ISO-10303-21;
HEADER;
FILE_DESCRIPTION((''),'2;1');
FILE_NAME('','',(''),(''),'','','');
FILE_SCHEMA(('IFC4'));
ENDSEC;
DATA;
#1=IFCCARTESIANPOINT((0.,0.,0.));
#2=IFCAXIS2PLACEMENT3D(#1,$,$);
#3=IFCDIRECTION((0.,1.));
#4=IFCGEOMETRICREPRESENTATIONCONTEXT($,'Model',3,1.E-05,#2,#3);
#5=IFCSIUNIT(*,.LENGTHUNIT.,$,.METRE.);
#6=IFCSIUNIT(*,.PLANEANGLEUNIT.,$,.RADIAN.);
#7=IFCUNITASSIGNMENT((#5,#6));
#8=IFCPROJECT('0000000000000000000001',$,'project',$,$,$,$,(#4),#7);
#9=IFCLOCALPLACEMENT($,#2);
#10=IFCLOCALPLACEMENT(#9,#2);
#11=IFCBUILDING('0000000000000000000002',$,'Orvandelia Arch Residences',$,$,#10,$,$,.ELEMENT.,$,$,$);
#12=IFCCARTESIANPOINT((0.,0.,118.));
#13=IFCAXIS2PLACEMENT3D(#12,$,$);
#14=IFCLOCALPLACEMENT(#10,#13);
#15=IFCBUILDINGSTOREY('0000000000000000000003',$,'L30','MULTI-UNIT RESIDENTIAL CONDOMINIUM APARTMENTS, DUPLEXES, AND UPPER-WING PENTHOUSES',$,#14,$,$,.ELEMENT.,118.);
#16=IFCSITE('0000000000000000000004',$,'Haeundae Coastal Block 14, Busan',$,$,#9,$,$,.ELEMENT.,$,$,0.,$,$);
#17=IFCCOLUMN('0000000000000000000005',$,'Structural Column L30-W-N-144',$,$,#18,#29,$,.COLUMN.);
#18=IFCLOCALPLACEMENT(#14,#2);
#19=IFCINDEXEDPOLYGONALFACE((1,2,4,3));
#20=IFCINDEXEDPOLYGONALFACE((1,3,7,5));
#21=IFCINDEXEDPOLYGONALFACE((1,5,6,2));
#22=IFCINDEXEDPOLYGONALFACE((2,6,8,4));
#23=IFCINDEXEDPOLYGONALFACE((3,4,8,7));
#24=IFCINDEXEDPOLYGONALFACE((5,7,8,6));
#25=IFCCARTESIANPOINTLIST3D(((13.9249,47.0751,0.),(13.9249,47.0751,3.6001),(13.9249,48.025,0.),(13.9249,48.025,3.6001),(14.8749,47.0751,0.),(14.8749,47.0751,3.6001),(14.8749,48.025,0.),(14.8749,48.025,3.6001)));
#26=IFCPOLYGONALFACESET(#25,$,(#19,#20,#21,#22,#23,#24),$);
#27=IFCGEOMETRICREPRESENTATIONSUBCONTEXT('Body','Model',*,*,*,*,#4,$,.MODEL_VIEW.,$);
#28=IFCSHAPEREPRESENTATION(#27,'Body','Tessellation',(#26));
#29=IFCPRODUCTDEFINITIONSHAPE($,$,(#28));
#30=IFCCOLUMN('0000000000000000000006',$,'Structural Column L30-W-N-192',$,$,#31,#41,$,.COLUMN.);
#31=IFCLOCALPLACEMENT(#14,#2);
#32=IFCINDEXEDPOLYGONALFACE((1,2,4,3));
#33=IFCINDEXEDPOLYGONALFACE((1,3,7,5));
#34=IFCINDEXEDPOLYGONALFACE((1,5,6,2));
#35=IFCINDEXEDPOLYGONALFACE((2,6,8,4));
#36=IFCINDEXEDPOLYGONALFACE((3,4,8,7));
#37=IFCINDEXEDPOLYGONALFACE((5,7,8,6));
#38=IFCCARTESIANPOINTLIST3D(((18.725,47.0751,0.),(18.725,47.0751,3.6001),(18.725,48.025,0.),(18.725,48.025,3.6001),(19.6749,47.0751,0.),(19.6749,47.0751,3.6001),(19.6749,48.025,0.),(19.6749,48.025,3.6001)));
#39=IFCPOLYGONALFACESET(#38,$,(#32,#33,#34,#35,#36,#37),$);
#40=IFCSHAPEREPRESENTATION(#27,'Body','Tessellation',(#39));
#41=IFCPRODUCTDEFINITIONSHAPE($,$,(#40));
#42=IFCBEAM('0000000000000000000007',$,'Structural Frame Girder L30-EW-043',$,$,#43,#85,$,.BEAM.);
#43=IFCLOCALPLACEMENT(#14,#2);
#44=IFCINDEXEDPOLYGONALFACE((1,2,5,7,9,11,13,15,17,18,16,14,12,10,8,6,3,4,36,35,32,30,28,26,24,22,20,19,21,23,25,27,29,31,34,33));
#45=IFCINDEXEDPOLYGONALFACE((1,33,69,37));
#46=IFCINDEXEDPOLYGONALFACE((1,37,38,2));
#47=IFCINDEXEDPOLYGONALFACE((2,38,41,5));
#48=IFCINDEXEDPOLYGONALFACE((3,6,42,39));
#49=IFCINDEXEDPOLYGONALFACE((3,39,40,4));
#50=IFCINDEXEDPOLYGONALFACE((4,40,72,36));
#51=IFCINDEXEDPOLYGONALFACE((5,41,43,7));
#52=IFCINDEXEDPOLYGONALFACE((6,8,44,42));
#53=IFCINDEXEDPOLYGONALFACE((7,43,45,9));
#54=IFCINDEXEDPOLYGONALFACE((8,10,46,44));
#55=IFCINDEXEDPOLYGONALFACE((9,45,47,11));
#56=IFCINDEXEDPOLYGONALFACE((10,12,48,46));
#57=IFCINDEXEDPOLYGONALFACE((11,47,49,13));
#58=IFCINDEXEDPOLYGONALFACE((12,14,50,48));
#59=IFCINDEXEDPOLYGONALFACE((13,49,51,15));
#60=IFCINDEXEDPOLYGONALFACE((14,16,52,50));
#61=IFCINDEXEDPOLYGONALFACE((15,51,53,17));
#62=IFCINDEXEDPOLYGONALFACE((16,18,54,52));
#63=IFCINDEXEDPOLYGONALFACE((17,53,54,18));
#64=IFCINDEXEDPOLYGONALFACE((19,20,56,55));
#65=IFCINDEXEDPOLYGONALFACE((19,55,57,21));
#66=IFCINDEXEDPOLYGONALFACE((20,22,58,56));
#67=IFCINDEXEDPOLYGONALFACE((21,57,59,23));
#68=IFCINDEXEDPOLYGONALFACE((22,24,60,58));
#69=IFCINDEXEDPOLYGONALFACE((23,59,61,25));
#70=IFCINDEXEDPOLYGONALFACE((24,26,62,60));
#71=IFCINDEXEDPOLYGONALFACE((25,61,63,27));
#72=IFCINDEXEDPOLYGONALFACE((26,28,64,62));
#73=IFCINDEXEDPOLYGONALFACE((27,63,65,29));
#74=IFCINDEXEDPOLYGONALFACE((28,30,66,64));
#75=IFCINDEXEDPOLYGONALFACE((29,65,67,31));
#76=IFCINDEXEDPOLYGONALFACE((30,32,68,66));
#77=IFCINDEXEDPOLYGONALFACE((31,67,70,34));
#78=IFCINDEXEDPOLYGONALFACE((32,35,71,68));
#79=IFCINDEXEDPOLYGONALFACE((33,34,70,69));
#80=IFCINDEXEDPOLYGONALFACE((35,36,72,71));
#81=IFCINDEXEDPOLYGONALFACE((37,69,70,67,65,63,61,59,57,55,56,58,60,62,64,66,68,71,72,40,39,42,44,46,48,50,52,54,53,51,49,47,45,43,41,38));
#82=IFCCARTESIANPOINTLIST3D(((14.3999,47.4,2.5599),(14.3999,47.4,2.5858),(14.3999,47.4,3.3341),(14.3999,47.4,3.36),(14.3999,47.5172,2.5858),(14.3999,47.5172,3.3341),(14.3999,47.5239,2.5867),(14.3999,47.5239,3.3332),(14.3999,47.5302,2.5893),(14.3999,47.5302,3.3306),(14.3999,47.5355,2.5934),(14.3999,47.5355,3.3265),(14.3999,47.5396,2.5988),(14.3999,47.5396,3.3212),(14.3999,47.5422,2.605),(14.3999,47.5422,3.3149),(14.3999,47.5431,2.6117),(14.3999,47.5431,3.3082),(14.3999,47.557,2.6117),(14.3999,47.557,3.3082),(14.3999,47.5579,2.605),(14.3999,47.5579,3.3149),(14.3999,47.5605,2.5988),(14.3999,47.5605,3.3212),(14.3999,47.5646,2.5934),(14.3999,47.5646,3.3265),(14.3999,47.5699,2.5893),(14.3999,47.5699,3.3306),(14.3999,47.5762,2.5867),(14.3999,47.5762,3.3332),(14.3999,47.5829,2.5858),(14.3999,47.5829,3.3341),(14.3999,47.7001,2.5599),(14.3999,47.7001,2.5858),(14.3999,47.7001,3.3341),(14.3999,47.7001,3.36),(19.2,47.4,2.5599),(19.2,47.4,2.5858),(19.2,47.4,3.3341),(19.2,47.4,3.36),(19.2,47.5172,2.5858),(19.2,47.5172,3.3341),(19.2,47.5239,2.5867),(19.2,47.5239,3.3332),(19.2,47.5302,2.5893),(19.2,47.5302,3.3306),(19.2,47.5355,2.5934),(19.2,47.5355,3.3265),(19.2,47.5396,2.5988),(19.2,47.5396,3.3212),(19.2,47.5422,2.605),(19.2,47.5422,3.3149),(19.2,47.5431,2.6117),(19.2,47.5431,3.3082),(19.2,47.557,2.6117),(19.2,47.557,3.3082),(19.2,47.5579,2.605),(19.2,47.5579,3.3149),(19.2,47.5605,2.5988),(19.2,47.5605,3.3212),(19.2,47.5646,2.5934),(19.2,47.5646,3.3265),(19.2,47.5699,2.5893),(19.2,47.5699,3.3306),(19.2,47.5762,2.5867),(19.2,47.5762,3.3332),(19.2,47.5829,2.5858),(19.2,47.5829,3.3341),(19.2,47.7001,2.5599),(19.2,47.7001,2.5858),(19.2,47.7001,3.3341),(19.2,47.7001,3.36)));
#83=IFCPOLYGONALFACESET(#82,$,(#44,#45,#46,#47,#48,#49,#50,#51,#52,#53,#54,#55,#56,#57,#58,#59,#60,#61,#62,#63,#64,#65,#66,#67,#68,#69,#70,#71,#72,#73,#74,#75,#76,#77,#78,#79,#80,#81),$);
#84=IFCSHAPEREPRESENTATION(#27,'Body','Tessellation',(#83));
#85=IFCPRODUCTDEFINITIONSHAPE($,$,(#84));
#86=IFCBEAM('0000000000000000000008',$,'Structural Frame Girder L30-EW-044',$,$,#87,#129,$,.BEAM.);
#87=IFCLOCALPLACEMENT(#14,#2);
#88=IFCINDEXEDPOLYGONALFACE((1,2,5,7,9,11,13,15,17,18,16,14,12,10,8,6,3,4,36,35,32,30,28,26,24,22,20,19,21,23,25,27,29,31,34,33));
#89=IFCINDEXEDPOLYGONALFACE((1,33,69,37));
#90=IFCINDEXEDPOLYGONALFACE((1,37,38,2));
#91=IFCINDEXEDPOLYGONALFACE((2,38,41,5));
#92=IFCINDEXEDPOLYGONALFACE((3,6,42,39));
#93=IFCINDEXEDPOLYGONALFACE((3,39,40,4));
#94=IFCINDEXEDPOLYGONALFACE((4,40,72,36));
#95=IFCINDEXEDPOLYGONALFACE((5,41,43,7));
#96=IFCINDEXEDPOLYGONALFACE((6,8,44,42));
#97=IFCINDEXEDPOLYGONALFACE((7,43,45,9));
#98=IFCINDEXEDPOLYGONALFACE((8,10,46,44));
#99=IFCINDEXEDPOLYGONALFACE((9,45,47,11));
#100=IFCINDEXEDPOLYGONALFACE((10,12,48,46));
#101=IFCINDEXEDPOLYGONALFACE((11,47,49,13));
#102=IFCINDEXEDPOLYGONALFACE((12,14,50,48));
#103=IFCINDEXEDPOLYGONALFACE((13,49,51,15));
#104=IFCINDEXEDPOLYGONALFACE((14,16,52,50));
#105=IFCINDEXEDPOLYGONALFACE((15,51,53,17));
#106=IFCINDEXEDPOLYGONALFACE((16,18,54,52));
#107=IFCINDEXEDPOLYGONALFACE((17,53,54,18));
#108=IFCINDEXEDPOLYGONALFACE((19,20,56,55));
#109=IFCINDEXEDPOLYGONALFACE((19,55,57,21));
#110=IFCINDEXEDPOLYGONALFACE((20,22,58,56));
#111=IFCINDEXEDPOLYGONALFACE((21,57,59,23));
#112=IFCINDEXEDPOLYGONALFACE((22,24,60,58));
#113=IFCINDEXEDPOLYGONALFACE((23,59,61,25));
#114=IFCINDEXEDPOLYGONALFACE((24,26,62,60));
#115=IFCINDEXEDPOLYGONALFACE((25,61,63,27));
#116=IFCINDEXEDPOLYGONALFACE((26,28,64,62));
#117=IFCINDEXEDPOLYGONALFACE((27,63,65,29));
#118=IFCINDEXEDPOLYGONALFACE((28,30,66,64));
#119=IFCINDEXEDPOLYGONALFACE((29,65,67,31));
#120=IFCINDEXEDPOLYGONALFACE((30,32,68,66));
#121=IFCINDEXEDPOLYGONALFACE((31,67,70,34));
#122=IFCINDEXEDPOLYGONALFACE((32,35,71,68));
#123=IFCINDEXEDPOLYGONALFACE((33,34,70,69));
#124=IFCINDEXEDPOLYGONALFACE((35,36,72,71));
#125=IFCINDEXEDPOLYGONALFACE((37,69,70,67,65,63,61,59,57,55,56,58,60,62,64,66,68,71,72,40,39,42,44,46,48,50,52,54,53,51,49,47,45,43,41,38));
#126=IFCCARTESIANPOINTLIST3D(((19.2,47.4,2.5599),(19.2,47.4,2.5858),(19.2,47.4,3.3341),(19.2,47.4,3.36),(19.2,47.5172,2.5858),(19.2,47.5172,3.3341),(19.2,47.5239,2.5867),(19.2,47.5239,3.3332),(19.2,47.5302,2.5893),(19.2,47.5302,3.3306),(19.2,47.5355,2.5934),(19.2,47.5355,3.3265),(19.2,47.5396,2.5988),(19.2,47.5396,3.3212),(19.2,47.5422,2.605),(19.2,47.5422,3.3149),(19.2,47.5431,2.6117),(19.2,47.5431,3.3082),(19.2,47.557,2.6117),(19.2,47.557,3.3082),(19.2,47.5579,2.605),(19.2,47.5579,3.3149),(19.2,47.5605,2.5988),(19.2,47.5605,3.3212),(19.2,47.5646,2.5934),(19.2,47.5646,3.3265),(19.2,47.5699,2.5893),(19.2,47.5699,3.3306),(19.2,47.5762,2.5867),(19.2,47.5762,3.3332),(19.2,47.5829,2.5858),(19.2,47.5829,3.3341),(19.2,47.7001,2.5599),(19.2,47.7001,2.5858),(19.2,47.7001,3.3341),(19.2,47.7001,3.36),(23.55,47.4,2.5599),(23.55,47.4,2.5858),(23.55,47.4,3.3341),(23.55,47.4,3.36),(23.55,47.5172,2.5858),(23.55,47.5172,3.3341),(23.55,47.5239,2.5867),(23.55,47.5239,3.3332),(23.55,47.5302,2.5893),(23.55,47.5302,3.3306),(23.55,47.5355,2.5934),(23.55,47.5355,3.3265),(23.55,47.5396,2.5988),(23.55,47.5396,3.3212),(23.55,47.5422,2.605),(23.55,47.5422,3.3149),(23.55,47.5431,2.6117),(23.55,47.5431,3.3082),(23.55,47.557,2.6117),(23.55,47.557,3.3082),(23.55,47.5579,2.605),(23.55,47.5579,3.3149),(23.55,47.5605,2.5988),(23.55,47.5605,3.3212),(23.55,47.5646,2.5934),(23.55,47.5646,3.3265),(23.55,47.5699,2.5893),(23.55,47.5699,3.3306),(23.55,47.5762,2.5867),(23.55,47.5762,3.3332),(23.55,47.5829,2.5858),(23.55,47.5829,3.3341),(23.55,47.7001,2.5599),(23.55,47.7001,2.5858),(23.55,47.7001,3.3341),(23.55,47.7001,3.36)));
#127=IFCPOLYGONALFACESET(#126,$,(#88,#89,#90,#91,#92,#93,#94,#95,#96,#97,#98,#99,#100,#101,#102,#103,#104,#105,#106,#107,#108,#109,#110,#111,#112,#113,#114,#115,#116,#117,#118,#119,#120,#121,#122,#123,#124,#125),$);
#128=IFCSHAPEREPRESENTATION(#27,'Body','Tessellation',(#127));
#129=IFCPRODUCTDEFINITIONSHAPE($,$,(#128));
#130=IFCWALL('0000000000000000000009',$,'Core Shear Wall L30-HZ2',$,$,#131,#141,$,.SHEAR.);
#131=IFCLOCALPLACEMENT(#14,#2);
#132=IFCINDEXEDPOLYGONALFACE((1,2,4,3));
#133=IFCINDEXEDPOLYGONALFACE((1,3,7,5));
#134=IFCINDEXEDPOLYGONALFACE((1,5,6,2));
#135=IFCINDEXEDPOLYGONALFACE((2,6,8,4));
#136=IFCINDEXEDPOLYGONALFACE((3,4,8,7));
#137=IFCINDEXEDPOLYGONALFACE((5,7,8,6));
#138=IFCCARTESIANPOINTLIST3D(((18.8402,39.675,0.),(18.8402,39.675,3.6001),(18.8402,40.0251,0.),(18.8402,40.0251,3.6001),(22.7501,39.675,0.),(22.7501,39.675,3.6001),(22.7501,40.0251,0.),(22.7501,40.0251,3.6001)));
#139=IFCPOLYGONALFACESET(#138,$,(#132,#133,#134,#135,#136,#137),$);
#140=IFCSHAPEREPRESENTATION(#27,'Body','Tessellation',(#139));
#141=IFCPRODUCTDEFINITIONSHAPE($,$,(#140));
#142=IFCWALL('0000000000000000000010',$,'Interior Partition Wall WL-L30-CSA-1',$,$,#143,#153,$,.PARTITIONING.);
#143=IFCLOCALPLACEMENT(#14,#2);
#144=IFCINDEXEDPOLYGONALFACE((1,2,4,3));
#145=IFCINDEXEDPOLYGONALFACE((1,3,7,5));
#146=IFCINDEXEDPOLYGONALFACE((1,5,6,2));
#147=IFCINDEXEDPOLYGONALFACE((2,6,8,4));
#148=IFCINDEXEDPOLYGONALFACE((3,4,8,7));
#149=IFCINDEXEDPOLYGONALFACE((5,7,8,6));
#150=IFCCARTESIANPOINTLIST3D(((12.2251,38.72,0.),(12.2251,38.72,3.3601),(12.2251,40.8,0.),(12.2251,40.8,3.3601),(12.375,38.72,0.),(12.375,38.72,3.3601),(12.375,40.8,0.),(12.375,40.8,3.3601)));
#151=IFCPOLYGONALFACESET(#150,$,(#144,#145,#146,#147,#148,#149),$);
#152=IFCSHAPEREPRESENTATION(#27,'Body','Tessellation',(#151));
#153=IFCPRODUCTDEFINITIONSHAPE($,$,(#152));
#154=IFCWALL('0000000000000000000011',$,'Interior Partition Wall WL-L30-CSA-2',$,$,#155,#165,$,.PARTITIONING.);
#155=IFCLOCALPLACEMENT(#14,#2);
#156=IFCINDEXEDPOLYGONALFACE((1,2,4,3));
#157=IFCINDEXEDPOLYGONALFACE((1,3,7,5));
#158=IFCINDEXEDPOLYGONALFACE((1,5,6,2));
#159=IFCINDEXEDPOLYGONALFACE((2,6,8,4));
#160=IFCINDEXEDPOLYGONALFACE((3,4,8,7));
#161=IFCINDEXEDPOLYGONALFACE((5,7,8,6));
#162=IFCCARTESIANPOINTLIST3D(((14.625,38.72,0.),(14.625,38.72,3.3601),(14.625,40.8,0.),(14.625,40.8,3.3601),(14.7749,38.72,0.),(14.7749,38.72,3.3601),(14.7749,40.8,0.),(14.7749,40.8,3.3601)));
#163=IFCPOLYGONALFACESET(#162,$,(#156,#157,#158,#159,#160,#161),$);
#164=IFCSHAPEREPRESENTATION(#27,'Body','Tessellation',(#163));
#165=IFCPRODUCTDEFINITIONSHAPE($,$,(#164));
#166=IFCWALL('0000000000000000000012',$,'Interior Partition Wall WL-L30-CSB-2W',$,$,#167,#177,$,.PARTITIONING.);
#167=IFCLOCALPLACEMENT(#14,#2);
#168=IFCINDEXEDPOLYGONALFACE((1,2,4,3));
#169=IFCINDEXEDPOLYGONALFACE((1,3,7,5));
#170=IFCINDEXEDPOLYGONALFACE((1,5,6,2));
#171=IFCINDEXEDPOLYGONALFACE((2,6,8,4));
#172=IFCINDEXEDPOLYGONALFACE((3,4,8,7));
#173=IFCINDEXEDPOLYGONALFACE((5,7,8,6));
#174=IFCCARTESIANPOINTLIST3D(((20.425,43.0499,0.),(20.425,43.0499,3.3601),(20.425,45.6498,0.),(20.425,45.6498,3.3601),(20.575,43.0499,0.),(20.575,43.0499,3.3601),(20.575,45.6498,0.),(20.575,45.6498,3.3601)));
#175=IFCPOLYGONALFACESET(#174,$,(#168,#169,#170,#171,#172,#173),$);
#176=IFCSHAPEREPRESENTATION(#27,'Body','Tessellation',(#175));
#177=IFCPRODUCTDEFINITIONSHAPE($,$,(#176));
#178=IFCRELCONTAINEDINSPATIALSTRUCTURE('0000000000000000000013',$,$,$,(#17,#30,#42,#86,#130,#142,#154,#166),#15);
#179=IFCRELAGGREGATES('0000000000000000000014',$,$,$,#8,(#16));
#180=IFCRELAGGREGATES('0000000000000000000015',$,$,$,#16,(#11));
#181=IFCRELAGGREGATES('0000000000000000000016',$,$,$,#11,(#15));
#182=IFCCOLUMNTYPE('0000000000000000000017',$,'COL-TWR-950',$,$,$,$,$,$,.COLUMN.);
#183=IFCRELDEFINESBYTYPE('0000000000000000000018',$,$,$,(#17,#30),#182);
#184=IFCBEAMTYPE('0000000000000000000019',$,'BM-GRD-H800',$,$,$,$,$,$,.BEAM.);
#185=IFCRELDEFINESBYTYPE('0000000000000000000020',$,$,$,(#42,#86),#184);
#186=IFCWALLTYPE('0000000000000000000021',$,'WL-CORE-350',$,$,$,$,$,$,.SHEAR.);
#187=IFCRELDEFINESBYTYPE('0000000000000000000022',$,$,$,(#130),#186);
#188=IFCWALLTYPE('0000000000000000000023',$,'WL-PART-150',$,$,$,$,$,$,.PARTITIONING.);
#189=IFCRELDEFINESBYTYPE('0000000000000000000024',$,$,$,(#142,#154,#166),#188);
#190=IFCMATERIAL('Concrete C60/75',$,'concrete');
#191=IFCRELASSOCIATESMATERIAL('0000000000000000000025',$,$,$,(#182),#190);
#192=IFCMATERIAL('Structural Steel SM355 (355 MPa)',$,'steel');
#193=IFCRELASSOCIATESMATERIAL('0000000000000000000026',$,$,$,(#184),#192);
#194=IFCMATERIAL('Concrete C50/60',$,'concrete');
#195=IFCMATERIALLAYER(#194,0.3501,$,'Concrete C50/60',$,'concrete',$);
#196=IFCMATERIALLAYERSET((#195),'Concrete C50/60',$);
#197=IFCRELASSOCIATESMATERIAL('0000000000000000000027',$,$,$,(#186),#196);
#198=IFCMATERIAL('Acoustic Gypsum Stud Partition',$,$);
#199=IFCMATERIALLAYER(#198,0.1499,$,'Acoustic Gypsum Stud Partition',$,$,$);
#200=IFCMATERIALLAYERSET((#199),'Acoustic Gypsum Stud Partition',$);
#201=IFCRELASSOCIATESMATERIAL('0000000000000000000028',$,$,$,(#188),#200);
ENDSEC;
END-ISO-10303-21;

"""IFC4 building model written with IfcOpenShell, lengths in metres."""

from ifc_helpers import new_model, si_unit, direction, frame, frame_2d, origin, origin_2d, place, context, subcontext, project, spatial, rectangle, i_section, extrude, material, layer, layer_set, material_profile, profile_set, type_object, element, save


model = new_model("IFC4")

# Units and contexts
model_context = context("Model", 3, precision=1e-05, world=origin(), true_north=direction((0.0, 1.0)))
body_context = subcontext(model_context, "Body", "Model", "MODEL_VIEW")
ifc_project = project(units=[si_unit("LENGTHUNIT", "METRE"), si_unit("PLANEANGLEUNIT", "RADIAN")], contexts=[model_context])

# Site, building, storey
site_placement = place(None, origin())
site = spatial("IfcSite", under=ifc_project, at=site_placement, Name="Haeundae Coastal Block 14, Busan", CompositionType="ELEMENT", RefElevation=0.0)
building_placement = place(site_placement, origin())
building = spatial("IfcBuilding", under=site, at=building_placement, Name="Orvandelia Arch Residences", CompositionType="ELEMENT")
storey_placement = place(building_placement, frame((0.0, 0.0, 118.0)))
storey = spatial("IfcBuildingStorey", under=building, at=storey_placement, Name="L30", Description="MULTI-UNIT RESIDENTIAL CONDOMINIUM APARTMENTS, DUPLEXES, AND UPPER-WING PENTHOUSES", CompositionType="ELEMENT", Elevation=118.0)

# Columns
ifc_material_1 = material(Name="Concrete C60/75", Category="concrete")
ifc_material_profile_1 = material_profile(ifc_material_1, rectangle(XDim=0.95, YDim=0.95, at=origin_2d()), Name="Concrete C60/75", Category="concrete")
ifc_profile_set_1 = profile_set([ifc_material_profile_1], Name="Concrete C60/75")
column_type = type_object("IfcColumnType", Name="COL-TWR-950", PredefinedType="COLUMN", material=ifc_profile_set_1)
for number, where, z_axis, x_axis, name in (
    (1, (14.3999, 47.55, 0.0), (0.0, 0.0, 1.0), (1.0, 0.0, 0.0), "Structural Column L30-W-N-144"),
    (2, (19.2, 47.55, 0.0), (0.0, 0.0, 1.0), (1.0, 0.0, 0.0), "Structural Column L30-W-N-192"),
):
    element("IfcColumn", number, at=place(storey_placement, frame(where, z_axis=z_axis, x_axis=x_axis)), inside=storey, type_object=column_type, Name=name, PredefinedType="COLUMN", context=body_context, shape_type="SweptSolid", body=[
        extrude(rectangle(XDim=0.95, YDim=0.95, at=origin_2d()), origin(), (0.0, 0.0, 1.0), 3.6001),
    ])

# Beams
ifc_material_2 = material(Name="Structural Steel SM355 (355 MPa)", Category="steel")
ifc_material_profile_2 = material_profile(ifc_material_2, i_section(OverallWidth=0.3, OverallDepth=0.8, WebThickness=0.0139, FlangeThickness=0.0259, FilletRadius=0.0259, at=origin_2d()), Name="Structural Steel SM355 (355 MPa)", Category="steel")
ifc_profile_set_2 = profile_set([ifc_material_profile_2], Name="Structural Steel SM355 (355 MPa)")
beam_type = type_object("IfcBeamType", Name="BM-GRD-H800", PredefinedType="BEAM", material=ifc_profile_set_2)
beam_1_placement = place(storey_placement, frame((14.3999, 47.55, 2.96), z_axis=(1.0, 0.0, 0.0), x_axis=(0.0, 1.0, 0.0)))
element("IfcBeam", 3, at=beam_1_placement, inside=storey, type_object=beam_type, Name="Structural Frame Girder L30-EW-043", PredefinedType="BEAM", context=body_context, shape_type="SweptSolid", body=[
    extrude(i_section(OverallWidth=0.3, OverallDepth=0.8, WebThickness=0.0139, FlangeThickness=0.0259, FilletRadius=0.0259, at=origin_2d()), origin(), (0.0, 0.0, 1.0), 4.8),
])
beam_2_placement = place(storey_placement, frame((19.2, 47.55, 2.96), z_axis=(1.0, 0.0, 0.0), x_axis=(0.0, 1.0, 0.0)))
element("IfcBeam", 4, at=beam_2_placement, inside=storey, type_object=beam_type, Name="Structural Frame Girder L30-EW-044", PredefinedType="BEAM", context=body_context, shape_type="SweptSolid", body=[
    extrude(i_section(OverallWidth=0.3, OverallDepth=0.8, WebThickness=0.0139, FlangeThickness=0.0259, FilletRadius=0.0259, at=origin_2d()), origin(), (0.0, 0.0, 1.0), 4.3501),
])

# Walls
ifc_material_3 = material(Name="Concrete C50/60", Category="concrete")
ifc_layer_1 = layer(ifc_material_3, 0.3501, Name="Concrete C50/60", Category="concrete")
ifc_layer_set_1 = layer_set([ifc_layer_1], Name="Concrete C50/60")
wall_type_1 = type_object("IfcWallType", Name="WL-CORE-350", PredefinedType="SHEAR", material=ifc_layer_set_1)
wall_1_placement = place(storey_placement, frame((18.8401, 39.8501, 0.0), z_axis=(0.0, 0.0, 1.0), x_axis=(1.0, 0.0, 0.0)))
element("IfcWall", 5, at=wall_1_placement, inside=storey, type_object=wall_type_1, Name="Core Shear Wall L30-HZ2", PredefinedType="SHEAR", context=body_context, shape_type="SweptSolid", body=[
    extrude(rectangle(XDim=3.9099, YDim=0.3501, at=frame_2d((1.9551, 0.0))), origin(), (0.0, 0.0, 1.0), 3.6001),
])
ifc_material_4 = material(Name="Acoustic Gypsum Stud Partition")
ifc_layer_2 = layer(ifc_material_4, 0.1499, Name="Acoustic Gypsum Stud Partition")
ifc_layer_set_2 = layer_set([ifc_layer_2], Name="Acoustic Gypsum Stud Partition")
wall_type_2 = type_object("IfcWallType", Name="WL-PART-150", PredefinedType="PARTITIONING", material=ifc_layer_set_2)
for number, where, z_axis, x_axis, name in (
    (6, (12.3, 38.72, 0.0), (0.0, 0.0, 1.0), (0.0, 1.0, 0.0), "Interior Partition Wall WL-L30-CSA-1"),
    (7, (14.7, 38.72, 0.0), (0.0, 0.0, 1.0), (0.0, 1.0, 0.0), "Interior Partition Wall WL-L30-CSA-2"),
):
    element("IfcWall", number, at=place(storey_placement, frame(where, z_axis=z_axis, x_axis=x_axis)), inside=storey, type_object=wall_type_2, Name=name, PredefinedType="PARTITIONING", context=body_context, shape_type="SweptSolid", body=[
        extrude(rectangle(XDim=2.0801, YDim=0.1499, at=frame_2d((1.04, 0.0))), origin(), (0.0, 0.0, 1.0), 3.3601),
    ])
wall_2_placement = place(storey_placement, frame((20.5, 43.05, 0.0), z_axis=(0.0, 0.0, 1.0), x_axis=(0.0, 1.0, 0.0)))
element("IfcWall", 8, at=wall_2_placement, inside=storey, type_object=wall_type_2, Name="Interior Partition Wall WL-L30-CSB-2W", PredefinedType="PARTITIONING", context=body_context, shape_type="SweptSolid", body=[
    extrude(rectangle(XDim=2.5999, YDim=0.1499, at=frame_2d((1.2998, 0.0))), origin(), (0.0, 0.0, 1.0), 3.3601),
])

save(model, "model.ifc")
